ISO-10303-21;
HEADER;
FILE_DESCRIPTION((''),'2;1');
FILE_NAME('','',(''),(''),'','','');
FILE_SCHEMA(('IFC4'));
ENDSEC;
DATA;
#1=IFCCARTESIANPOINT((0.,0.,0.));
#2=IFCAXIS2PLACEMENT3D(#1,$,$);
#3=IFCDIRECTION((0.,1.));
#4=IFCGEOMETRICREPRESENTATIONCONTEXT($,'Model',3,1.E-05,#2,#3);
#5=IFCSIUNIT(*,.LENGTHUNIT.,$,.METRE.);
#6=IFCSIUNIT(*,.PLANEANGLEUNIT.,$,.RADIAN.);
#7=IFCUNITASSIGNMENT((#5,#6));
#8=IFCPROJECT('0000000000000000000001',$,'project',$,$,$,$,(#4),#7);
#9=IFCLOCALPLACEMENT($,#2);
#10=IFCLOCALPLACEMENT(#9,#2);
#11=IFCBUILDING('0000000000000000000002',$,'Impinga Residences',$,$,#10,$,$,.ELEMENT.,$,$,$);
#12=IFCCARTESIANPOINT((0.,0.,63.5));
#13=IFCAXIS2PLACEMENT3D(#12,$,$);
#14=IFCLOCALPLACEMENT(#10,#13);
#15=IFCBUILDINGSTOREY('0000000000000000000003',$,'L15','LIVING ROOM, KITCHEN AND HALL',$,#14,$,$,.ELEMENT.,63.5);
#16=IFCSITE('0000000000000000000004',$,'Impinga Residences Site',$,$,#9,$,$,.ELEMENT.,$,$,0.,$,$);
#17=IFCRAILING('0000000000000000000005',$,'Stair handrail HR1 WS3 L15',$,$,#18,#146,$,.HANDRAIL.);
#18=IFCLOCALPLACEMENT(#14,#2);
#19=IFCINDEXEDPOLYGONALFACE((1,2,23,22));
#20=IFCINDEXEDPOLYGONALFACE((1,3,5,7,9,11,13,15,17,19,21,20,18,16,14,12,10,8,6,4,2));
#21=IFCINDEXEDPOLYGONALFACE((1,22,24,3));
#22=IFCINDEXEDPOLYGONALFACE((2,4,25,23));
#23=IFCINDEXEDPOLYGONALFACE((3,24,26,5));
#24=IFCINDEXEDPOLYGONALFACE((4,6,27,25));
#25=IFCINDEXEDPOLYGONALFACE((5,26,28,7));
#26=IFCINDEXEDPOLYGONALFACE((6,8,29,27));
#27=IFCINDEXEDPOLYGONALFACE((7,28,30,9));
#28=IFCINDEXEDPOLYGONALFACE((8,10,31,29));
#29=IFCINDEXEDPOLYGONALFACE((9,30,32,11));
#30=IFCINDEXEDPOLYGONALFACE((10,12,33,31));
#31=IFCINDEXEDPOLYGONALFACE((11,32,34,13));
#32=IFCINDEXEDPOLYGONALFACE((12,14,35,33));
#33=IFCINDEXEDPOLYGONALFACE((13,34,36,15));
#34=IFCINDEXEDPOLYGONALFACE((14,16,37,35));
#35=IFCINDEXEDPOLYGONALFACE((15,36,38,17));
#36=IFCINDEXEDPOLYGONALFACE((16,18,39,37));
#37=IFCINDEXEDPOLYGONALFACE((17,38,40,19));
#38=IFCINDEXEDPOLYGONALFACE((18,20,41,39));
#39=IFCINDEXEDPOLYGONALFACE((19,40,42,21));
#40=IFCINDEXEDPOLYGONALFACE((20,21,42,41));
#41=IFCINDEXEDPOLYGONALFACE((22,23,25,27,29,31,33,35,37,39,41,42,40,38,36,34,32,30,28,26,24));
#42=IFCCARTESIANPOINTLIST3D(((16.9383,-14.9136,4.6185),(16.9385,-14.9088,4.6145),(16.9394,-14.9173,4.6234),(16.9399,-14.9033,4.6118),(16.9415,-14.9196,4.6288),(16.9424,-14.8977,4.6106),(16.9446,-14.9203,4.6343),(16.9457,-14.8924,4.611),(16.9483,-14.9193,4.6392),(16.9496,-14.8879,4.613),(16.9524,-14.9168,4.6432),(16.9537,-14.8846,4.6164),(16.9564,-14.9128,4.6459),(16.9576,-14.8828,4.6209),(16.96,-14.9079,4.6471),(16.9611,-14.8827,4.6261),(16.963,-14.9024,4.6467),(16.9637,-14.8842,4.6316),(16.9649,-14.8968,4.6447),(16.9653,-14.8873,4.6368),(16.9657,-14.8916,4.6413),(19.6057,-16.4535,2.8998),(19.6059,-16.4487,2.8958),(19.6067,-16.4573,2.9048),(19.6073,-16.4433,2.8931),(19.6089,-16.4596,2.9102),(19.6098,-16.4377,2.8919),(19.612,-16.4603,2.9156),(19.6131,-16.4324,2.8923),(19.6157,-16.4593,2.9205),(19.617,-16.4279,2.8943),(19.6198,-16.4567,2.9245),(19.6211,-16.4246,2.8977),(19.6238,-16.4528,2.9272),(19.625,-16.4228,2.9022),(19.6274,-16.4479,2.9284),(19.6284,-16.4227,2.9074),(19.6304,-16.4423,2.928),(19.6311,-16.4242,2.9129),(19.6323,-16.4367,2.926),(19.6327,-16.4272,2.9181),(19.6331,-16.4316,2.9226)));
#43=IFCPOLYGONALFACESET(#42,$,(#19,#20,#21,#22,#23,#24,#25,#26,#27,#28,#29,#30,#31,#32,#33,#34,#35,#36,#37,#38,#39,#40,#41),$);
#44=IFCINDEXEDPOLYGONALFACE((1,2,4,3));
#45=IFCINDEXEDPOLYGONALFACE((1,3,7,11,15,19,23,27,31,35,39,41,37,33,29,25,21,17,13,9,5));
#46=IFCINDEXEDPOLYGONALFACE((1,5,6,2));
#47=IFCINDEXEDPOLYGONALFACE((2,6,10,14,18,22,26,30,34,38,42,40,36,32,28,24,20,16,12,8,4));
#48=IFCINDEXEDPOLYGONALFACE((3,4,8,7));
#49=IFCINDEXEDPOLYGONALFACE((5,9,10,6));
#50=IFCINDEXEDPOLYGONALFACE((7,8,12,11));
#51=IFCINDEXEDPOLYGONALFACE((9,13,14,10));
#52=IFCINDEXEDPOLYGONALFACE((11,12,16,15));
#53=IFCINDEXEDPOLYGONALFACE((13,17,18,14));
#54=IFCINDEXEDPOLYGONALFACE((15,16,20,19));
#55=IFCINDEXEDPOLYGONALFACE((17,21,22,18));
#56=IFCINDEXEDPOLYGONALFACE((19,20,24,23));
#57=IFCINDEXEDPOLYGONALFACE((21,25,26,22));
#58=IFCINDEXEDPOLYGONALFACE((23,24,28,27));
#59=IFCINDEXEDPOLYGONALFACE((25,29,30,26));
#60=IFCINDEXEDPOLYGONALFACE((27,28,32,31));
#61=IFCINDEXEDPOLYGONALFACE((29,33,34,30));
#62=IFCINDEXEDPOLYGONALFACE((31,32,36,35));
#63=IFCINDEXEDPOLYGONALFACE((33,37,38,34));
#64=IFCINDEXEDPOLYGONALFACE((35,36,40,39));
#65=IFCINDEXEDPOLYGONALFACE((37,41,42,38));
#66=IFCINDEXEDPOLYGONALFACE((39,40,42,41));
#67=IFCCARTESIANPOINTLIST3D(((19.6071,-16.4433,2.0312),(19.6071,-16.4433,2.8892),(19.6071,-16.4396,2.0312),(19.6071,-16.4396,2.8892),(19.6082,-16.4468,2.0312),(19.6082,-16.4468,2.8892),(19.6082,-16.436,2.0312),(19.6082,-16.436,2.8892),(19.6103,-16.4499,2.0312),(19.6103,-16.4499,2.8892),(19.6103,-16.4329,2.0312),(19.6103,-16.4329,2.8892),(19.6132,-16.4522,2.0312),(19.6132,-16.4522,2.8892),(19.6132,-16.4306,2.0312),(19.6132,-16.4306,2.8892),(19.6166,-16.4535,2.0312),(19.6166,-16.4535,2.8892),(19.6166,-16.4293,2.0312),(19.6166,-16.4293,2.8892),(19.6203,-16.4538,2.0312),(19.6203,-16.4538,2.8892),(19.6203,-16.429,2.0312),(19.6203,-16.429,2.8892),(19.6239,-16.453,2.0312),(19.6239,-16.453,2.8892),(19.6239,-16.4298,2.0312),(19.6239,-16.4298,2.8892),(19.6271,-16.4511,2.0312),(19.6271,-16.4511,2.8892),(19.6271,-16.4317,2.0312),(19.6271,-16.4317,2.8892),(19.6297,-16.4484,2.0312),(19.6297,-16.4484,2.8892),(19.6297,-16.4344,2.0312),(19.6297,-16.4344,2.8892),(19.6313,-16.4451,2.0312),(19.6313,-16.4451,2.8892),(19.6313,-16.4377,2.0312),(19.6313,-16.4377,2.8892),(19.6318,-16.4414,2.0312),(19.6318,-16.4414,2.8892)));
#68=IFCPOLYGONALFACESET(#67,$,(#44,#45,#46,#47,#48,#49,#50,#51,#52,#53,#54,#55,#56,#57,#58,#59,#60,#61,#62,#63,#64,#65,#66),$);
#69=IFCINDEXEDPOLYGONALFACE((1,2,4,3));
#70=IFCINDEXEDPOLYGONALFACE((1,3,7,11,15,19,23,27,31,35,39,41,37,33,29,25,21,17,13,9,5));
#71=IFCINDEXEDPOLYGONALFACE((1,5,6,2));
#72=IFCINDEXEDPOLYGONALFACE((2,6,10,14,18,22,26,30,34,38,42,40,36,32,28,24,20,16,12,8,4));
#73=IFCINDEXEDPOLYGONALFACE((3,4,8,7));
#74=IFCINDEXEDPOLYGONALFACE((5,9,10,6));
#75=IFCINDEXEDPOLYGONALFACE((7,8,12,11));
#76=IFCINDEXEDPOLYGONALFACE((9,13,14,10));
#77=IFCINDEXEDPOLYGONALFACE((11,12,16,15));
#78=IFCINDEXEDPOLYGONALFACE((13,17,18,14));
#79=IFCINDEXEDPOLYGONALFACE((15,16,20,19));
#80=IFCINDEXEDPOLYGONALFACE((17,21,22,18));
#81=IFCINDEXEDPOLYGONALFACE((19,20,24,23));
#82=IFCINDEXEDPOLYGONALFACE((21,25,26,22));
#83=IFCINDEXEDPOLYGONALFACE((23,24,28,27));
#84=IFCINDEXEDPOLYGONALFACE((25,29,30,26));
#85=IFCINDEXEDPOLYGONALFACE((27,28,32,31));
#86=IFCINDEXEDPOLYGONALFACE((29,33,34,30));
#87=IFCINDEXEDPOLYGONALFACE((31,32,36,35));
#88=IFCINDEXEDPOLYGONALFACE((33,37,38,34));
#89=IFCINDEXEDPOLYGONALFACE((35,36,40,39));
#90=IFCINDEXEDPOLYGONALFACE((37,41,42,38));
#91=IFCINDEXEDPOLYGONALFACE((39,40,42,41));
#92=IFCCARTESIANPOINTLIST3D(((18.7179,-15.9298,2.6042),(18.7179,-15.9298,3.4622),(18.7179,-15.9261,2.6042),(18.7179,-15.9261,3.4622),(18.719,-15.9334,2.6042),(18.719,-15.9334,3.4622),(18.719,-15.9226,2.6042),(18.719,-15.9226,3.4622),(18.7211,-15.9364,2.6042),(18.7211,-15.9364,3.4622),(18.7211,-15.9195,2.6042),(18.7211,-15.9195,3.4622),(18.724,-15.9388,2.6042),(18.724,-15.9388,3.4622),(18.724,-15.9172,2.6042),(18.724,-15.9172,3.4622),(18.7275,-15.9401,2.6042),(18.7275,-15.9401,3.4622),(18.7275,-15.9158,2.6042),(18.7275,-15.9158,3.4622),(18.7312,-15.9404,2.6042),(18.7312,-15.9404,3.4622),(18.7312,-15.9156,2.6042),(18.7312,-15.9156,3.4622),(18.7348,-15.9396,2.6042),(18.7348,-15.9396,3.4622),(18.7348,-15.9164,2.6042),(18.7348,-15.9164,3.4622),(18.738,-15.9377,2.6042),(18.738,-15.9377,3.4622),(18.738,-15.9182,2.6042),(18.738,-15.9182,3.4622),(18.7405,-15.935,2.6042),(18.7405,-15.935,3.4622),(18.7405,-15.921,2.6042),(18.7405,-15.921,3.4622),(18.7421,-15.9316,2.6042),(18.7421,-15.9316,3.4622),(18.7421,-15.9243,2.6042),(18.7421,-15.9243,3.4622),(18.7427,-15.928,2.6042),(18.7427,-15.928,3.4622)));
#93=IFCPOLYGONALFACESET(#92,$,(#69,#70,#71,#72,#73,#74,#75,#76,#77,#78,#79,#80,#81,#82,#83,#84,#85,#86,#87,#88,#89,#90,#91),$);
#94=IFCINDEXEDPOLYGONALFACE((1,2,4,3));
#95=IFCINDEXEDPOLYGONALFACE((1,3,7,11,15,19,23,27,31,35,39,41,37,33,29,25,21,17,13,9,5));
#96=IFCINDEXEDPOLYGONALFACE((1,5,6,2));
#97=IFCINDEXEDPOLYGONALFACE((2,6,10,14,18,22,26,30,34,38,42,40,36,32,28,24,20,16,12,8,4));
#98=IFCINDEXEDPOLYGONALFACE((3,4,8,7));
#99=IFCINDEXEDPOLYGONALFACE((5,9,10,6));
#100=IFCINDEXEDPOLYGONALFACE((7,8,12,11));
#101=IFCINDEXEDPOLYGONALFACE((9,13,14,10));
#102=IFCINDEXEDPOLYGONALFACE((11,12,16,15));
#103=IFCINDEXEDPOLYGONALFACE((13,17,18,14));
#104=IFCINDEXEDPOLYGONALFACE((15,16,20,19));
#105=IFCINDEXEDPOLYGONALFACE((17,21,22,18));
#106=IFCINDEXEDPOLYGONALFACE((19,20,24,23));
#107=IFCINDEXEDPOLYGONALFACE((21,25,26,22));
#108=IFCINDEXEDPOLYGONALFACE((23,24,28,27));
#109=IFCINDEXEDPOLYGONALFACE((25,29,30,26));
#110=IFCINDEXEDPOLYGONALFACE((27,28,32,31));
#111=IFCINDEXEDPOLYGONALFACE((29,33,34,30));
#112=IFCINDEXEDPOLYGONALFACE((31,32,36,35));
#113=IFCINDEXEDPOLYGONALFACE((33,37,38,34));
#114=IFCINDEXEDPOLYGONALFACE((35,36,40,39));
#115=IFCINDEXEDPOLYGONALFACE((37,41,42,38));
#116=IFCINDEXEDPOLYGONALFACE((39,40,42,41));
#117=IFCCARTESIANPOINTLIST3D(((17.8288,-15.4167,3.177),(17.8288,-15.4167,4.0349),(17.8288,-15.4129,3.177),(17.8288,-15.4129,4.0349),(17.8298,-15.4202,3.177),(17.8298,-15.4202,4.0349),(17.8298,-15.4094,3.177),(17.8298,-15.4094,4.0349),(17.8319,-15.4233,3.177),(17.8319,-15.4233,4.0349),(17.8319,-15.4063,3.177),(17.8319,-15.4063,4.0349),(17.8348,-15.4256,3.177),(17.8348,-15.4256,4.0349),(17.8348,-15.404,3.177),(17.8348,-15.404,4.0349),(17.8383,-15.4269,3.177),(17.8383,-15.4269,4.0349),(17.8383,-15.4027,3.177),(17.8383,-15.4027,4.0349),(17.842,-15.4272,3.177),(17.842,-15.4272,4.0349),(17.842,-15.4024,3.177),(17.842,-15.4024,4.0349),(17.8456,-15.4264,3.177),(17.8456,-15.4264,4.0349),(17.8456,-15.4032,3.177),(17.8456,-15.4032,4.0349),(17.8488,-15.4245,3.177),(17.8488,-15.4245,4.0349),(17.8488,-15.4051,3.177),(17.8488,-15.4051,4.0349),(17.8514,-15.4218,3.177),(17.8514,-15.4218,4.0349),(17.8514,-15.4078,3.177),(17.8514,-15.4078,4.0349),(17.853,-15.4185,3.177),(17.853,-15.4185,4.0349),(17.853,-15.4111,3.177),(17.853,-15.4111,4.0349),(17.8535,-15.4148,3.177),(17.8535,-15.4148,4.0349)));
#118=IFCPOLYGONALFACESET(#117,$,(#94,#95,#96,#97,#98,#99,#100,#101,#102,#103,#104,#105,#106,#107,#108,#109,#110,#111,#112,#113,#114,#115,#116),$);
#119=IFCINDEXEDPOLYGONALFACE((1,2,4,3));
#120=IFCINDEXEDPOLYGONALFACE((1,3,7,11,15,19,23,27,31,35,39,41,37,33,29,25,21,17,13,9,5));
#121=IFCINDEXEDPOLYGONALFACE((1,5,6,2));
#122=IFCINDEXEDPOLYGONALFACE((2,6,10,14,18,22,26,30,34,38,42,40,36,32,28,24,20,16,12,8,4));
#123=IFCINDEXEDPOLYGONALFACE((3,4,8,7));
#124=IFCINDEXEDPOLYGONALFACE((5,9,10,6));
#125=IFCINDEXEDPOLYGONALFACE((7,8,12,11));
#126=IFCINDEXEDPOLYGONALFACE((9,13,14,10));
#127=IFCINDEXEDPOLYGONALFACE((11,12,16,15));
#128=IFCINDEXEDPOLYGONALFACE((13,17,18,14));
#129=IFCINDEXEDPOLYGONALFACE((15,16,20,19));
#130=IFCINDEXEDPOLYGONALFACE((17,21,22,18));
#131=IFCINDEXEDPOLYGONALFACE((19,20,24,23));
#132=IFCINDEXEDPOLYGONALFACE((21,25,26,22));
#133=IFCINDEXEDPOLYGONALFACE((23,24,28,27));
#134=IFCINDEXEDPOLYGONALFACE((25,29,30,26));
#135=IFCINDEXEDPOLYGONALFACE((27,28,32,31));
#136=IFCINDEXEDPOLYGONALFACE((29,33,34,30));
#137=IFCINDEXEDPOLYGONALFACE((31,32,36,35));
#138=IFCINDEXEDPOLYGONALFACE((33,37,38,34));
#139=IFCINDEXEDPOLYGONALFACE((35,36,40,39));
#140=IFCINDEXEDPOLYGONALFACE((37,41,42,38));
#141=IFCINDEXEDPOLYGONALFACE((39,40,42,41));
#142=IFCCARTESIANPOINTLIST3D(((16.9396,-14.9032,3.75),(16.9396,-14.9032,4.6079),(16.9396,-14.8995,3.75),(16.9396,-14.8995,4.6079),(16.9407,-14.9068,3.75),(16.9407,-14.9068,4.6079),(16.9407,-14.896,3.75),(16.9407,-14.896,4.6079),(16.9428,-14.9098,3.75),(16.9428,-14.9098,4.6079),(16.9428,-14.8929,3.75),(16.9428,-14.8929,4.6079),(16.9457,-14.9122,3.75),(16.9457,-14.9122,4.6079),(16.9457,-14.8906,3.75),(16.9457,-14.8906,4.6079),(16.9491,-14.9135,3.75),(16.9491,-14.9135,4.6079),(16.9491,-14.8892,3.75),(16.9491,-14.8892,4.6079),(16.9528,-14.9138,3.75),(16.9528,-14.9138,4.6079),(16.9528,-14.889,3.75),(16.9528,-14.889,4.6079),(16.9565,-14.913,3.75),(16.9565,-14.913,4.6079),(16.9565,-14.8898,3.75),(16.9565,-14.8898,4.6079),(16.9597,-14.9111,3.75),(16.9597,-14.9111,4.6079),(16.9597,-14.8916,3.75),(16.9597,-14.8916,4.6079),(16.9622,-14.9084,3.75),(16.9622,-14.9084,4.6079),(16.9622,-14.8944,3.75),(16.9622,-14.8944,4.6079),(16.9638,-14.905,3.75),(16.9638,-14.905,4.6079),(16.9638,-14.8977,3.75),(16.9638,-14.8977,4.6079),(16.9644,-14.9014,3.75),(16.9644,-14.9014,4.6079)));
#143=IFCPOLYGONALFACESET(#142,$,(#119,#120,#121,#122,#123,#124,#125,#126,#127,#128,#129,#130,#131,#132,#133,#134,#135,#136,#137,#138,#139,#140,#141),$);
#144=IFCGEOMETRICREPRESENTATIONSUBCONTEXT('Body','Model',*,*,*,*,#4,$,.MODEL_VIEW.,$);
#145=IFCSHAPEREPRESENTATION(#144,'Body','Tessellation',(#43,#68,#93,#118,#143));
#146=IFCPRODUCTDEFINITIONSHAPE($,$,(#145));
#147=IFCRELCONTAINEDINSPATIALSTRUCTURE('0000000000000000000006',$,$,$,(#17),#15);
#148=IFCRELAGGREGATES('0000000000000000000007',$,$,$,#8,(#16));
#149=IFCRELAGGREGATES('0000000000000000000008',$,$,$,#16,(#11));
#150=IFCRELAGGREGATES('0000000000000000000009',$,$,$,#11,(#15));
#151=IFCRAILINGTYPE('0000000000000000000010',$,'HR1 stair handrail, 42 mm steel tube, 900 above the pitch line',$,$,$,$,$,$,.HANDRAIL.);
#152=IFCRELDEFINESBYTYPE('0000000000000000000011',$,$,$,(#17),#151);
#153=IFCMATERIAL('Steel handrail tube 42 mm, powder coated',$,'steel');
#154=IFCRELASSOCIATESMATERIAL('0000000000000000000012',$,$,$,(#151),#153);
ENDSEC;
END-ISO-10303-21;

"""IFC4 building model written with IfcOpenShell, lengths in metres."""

from ifc_helpers import new_model, si_unit, direction, frame, origin, origin_2d, place, context, subcontext, project, spatial, circle, extrude, material, type_object, element, save


model = new_model("IFC4")

# Units and contexts
model_context = context("Model", 3, precision=1e-05, world=origin(), true_north=direction((0.0, 1.0)))
body_context = subcontext(model_context, "Body", "Model", "MODEL_VIEW")
ifc_project = project(units=[si_unit("LENGTHUNIT", "METRE"), si_unit("PLANEANGLEUNIT", "RADIAN")], contexts=[model_context])

# Site, building, storey
site_placement = place(None, origin())
site = spatial("IfcSite", under=ifc_project, at=site_placement, Name="Impinga Residences Site", CompositionType="ELEMENT", RefElevation=0.0)
building_placement = place(site_placement, origin())
building = spatial("IfcBuilding", under=site, at=building_placement, Name="Impinga Residences", CompositionType="ELEMENT")
storey_placement = place(building_placement, frame((0.0, 0.0, 63.5)))
storey = spatial("IfcBuildingStorey", under=building, at=storey_placement, Name="L15", Description="LIVING ROOM, KITCHEN AND HALL", CompositionType="ELEMENT", Elevation=63.5)

# Railing
ifc_material_1 = material(Name="Steel handrail tube 42 mm, powder coated", Category="steel")
railing_type_1 = type_object("IfcRailingType", Name="HR1 stair handrail, 42 mm steel tube, 900 above the pitch line", PredefinedType="HANDRAIL", material=ifc_material_1)
railing_1_placement = place(storey_placement, frame((19.6194, -16.4414, 2.0312)))
element("IfcRailing", 1, at=railing_1_placement, inside=storey, type_object=railing_type_1, Name="Stair handrail HR1 WS3 L15", PredefinedType="HANDRAIL", context=body_context, shape_type="SweptSolid", body=[
    extrude(circle(Radius=0.021, at=origin_2d()), frame((0.0, 0.0, 0.8789), z_axis=(-0.756256, 0.436616, 0.487282), x_axis=(-0.499992, -0.86603, 0.0)), (0.0, 0.0, 1.0), 3.5271),
    extrude(circle(Radius=0.0125, at=origin_2d()), origin(), (0.0, 0.0, 1.0), 0.8579),
    extrude(circle(Radius=0.0125, at=origin_2d()), frame((-0.8892, 0.5134, 0.573)), (0.0, 0.0, 1.0), 0.8579),
    extrude(circle(Radius=0.0125, at=origin_2d()), frame((-1.7783, 1.0266, 1.1458)), (0.0, 0.0, 1.0), 0.8579),
    extrude(circle(Radius=0.0125, at=origin_2d()), frame((-2.6675, 1.54, 1.7188)), (0.0, 0.0, 1.0), 0.8579),
])

save(model, "model.ifc")
